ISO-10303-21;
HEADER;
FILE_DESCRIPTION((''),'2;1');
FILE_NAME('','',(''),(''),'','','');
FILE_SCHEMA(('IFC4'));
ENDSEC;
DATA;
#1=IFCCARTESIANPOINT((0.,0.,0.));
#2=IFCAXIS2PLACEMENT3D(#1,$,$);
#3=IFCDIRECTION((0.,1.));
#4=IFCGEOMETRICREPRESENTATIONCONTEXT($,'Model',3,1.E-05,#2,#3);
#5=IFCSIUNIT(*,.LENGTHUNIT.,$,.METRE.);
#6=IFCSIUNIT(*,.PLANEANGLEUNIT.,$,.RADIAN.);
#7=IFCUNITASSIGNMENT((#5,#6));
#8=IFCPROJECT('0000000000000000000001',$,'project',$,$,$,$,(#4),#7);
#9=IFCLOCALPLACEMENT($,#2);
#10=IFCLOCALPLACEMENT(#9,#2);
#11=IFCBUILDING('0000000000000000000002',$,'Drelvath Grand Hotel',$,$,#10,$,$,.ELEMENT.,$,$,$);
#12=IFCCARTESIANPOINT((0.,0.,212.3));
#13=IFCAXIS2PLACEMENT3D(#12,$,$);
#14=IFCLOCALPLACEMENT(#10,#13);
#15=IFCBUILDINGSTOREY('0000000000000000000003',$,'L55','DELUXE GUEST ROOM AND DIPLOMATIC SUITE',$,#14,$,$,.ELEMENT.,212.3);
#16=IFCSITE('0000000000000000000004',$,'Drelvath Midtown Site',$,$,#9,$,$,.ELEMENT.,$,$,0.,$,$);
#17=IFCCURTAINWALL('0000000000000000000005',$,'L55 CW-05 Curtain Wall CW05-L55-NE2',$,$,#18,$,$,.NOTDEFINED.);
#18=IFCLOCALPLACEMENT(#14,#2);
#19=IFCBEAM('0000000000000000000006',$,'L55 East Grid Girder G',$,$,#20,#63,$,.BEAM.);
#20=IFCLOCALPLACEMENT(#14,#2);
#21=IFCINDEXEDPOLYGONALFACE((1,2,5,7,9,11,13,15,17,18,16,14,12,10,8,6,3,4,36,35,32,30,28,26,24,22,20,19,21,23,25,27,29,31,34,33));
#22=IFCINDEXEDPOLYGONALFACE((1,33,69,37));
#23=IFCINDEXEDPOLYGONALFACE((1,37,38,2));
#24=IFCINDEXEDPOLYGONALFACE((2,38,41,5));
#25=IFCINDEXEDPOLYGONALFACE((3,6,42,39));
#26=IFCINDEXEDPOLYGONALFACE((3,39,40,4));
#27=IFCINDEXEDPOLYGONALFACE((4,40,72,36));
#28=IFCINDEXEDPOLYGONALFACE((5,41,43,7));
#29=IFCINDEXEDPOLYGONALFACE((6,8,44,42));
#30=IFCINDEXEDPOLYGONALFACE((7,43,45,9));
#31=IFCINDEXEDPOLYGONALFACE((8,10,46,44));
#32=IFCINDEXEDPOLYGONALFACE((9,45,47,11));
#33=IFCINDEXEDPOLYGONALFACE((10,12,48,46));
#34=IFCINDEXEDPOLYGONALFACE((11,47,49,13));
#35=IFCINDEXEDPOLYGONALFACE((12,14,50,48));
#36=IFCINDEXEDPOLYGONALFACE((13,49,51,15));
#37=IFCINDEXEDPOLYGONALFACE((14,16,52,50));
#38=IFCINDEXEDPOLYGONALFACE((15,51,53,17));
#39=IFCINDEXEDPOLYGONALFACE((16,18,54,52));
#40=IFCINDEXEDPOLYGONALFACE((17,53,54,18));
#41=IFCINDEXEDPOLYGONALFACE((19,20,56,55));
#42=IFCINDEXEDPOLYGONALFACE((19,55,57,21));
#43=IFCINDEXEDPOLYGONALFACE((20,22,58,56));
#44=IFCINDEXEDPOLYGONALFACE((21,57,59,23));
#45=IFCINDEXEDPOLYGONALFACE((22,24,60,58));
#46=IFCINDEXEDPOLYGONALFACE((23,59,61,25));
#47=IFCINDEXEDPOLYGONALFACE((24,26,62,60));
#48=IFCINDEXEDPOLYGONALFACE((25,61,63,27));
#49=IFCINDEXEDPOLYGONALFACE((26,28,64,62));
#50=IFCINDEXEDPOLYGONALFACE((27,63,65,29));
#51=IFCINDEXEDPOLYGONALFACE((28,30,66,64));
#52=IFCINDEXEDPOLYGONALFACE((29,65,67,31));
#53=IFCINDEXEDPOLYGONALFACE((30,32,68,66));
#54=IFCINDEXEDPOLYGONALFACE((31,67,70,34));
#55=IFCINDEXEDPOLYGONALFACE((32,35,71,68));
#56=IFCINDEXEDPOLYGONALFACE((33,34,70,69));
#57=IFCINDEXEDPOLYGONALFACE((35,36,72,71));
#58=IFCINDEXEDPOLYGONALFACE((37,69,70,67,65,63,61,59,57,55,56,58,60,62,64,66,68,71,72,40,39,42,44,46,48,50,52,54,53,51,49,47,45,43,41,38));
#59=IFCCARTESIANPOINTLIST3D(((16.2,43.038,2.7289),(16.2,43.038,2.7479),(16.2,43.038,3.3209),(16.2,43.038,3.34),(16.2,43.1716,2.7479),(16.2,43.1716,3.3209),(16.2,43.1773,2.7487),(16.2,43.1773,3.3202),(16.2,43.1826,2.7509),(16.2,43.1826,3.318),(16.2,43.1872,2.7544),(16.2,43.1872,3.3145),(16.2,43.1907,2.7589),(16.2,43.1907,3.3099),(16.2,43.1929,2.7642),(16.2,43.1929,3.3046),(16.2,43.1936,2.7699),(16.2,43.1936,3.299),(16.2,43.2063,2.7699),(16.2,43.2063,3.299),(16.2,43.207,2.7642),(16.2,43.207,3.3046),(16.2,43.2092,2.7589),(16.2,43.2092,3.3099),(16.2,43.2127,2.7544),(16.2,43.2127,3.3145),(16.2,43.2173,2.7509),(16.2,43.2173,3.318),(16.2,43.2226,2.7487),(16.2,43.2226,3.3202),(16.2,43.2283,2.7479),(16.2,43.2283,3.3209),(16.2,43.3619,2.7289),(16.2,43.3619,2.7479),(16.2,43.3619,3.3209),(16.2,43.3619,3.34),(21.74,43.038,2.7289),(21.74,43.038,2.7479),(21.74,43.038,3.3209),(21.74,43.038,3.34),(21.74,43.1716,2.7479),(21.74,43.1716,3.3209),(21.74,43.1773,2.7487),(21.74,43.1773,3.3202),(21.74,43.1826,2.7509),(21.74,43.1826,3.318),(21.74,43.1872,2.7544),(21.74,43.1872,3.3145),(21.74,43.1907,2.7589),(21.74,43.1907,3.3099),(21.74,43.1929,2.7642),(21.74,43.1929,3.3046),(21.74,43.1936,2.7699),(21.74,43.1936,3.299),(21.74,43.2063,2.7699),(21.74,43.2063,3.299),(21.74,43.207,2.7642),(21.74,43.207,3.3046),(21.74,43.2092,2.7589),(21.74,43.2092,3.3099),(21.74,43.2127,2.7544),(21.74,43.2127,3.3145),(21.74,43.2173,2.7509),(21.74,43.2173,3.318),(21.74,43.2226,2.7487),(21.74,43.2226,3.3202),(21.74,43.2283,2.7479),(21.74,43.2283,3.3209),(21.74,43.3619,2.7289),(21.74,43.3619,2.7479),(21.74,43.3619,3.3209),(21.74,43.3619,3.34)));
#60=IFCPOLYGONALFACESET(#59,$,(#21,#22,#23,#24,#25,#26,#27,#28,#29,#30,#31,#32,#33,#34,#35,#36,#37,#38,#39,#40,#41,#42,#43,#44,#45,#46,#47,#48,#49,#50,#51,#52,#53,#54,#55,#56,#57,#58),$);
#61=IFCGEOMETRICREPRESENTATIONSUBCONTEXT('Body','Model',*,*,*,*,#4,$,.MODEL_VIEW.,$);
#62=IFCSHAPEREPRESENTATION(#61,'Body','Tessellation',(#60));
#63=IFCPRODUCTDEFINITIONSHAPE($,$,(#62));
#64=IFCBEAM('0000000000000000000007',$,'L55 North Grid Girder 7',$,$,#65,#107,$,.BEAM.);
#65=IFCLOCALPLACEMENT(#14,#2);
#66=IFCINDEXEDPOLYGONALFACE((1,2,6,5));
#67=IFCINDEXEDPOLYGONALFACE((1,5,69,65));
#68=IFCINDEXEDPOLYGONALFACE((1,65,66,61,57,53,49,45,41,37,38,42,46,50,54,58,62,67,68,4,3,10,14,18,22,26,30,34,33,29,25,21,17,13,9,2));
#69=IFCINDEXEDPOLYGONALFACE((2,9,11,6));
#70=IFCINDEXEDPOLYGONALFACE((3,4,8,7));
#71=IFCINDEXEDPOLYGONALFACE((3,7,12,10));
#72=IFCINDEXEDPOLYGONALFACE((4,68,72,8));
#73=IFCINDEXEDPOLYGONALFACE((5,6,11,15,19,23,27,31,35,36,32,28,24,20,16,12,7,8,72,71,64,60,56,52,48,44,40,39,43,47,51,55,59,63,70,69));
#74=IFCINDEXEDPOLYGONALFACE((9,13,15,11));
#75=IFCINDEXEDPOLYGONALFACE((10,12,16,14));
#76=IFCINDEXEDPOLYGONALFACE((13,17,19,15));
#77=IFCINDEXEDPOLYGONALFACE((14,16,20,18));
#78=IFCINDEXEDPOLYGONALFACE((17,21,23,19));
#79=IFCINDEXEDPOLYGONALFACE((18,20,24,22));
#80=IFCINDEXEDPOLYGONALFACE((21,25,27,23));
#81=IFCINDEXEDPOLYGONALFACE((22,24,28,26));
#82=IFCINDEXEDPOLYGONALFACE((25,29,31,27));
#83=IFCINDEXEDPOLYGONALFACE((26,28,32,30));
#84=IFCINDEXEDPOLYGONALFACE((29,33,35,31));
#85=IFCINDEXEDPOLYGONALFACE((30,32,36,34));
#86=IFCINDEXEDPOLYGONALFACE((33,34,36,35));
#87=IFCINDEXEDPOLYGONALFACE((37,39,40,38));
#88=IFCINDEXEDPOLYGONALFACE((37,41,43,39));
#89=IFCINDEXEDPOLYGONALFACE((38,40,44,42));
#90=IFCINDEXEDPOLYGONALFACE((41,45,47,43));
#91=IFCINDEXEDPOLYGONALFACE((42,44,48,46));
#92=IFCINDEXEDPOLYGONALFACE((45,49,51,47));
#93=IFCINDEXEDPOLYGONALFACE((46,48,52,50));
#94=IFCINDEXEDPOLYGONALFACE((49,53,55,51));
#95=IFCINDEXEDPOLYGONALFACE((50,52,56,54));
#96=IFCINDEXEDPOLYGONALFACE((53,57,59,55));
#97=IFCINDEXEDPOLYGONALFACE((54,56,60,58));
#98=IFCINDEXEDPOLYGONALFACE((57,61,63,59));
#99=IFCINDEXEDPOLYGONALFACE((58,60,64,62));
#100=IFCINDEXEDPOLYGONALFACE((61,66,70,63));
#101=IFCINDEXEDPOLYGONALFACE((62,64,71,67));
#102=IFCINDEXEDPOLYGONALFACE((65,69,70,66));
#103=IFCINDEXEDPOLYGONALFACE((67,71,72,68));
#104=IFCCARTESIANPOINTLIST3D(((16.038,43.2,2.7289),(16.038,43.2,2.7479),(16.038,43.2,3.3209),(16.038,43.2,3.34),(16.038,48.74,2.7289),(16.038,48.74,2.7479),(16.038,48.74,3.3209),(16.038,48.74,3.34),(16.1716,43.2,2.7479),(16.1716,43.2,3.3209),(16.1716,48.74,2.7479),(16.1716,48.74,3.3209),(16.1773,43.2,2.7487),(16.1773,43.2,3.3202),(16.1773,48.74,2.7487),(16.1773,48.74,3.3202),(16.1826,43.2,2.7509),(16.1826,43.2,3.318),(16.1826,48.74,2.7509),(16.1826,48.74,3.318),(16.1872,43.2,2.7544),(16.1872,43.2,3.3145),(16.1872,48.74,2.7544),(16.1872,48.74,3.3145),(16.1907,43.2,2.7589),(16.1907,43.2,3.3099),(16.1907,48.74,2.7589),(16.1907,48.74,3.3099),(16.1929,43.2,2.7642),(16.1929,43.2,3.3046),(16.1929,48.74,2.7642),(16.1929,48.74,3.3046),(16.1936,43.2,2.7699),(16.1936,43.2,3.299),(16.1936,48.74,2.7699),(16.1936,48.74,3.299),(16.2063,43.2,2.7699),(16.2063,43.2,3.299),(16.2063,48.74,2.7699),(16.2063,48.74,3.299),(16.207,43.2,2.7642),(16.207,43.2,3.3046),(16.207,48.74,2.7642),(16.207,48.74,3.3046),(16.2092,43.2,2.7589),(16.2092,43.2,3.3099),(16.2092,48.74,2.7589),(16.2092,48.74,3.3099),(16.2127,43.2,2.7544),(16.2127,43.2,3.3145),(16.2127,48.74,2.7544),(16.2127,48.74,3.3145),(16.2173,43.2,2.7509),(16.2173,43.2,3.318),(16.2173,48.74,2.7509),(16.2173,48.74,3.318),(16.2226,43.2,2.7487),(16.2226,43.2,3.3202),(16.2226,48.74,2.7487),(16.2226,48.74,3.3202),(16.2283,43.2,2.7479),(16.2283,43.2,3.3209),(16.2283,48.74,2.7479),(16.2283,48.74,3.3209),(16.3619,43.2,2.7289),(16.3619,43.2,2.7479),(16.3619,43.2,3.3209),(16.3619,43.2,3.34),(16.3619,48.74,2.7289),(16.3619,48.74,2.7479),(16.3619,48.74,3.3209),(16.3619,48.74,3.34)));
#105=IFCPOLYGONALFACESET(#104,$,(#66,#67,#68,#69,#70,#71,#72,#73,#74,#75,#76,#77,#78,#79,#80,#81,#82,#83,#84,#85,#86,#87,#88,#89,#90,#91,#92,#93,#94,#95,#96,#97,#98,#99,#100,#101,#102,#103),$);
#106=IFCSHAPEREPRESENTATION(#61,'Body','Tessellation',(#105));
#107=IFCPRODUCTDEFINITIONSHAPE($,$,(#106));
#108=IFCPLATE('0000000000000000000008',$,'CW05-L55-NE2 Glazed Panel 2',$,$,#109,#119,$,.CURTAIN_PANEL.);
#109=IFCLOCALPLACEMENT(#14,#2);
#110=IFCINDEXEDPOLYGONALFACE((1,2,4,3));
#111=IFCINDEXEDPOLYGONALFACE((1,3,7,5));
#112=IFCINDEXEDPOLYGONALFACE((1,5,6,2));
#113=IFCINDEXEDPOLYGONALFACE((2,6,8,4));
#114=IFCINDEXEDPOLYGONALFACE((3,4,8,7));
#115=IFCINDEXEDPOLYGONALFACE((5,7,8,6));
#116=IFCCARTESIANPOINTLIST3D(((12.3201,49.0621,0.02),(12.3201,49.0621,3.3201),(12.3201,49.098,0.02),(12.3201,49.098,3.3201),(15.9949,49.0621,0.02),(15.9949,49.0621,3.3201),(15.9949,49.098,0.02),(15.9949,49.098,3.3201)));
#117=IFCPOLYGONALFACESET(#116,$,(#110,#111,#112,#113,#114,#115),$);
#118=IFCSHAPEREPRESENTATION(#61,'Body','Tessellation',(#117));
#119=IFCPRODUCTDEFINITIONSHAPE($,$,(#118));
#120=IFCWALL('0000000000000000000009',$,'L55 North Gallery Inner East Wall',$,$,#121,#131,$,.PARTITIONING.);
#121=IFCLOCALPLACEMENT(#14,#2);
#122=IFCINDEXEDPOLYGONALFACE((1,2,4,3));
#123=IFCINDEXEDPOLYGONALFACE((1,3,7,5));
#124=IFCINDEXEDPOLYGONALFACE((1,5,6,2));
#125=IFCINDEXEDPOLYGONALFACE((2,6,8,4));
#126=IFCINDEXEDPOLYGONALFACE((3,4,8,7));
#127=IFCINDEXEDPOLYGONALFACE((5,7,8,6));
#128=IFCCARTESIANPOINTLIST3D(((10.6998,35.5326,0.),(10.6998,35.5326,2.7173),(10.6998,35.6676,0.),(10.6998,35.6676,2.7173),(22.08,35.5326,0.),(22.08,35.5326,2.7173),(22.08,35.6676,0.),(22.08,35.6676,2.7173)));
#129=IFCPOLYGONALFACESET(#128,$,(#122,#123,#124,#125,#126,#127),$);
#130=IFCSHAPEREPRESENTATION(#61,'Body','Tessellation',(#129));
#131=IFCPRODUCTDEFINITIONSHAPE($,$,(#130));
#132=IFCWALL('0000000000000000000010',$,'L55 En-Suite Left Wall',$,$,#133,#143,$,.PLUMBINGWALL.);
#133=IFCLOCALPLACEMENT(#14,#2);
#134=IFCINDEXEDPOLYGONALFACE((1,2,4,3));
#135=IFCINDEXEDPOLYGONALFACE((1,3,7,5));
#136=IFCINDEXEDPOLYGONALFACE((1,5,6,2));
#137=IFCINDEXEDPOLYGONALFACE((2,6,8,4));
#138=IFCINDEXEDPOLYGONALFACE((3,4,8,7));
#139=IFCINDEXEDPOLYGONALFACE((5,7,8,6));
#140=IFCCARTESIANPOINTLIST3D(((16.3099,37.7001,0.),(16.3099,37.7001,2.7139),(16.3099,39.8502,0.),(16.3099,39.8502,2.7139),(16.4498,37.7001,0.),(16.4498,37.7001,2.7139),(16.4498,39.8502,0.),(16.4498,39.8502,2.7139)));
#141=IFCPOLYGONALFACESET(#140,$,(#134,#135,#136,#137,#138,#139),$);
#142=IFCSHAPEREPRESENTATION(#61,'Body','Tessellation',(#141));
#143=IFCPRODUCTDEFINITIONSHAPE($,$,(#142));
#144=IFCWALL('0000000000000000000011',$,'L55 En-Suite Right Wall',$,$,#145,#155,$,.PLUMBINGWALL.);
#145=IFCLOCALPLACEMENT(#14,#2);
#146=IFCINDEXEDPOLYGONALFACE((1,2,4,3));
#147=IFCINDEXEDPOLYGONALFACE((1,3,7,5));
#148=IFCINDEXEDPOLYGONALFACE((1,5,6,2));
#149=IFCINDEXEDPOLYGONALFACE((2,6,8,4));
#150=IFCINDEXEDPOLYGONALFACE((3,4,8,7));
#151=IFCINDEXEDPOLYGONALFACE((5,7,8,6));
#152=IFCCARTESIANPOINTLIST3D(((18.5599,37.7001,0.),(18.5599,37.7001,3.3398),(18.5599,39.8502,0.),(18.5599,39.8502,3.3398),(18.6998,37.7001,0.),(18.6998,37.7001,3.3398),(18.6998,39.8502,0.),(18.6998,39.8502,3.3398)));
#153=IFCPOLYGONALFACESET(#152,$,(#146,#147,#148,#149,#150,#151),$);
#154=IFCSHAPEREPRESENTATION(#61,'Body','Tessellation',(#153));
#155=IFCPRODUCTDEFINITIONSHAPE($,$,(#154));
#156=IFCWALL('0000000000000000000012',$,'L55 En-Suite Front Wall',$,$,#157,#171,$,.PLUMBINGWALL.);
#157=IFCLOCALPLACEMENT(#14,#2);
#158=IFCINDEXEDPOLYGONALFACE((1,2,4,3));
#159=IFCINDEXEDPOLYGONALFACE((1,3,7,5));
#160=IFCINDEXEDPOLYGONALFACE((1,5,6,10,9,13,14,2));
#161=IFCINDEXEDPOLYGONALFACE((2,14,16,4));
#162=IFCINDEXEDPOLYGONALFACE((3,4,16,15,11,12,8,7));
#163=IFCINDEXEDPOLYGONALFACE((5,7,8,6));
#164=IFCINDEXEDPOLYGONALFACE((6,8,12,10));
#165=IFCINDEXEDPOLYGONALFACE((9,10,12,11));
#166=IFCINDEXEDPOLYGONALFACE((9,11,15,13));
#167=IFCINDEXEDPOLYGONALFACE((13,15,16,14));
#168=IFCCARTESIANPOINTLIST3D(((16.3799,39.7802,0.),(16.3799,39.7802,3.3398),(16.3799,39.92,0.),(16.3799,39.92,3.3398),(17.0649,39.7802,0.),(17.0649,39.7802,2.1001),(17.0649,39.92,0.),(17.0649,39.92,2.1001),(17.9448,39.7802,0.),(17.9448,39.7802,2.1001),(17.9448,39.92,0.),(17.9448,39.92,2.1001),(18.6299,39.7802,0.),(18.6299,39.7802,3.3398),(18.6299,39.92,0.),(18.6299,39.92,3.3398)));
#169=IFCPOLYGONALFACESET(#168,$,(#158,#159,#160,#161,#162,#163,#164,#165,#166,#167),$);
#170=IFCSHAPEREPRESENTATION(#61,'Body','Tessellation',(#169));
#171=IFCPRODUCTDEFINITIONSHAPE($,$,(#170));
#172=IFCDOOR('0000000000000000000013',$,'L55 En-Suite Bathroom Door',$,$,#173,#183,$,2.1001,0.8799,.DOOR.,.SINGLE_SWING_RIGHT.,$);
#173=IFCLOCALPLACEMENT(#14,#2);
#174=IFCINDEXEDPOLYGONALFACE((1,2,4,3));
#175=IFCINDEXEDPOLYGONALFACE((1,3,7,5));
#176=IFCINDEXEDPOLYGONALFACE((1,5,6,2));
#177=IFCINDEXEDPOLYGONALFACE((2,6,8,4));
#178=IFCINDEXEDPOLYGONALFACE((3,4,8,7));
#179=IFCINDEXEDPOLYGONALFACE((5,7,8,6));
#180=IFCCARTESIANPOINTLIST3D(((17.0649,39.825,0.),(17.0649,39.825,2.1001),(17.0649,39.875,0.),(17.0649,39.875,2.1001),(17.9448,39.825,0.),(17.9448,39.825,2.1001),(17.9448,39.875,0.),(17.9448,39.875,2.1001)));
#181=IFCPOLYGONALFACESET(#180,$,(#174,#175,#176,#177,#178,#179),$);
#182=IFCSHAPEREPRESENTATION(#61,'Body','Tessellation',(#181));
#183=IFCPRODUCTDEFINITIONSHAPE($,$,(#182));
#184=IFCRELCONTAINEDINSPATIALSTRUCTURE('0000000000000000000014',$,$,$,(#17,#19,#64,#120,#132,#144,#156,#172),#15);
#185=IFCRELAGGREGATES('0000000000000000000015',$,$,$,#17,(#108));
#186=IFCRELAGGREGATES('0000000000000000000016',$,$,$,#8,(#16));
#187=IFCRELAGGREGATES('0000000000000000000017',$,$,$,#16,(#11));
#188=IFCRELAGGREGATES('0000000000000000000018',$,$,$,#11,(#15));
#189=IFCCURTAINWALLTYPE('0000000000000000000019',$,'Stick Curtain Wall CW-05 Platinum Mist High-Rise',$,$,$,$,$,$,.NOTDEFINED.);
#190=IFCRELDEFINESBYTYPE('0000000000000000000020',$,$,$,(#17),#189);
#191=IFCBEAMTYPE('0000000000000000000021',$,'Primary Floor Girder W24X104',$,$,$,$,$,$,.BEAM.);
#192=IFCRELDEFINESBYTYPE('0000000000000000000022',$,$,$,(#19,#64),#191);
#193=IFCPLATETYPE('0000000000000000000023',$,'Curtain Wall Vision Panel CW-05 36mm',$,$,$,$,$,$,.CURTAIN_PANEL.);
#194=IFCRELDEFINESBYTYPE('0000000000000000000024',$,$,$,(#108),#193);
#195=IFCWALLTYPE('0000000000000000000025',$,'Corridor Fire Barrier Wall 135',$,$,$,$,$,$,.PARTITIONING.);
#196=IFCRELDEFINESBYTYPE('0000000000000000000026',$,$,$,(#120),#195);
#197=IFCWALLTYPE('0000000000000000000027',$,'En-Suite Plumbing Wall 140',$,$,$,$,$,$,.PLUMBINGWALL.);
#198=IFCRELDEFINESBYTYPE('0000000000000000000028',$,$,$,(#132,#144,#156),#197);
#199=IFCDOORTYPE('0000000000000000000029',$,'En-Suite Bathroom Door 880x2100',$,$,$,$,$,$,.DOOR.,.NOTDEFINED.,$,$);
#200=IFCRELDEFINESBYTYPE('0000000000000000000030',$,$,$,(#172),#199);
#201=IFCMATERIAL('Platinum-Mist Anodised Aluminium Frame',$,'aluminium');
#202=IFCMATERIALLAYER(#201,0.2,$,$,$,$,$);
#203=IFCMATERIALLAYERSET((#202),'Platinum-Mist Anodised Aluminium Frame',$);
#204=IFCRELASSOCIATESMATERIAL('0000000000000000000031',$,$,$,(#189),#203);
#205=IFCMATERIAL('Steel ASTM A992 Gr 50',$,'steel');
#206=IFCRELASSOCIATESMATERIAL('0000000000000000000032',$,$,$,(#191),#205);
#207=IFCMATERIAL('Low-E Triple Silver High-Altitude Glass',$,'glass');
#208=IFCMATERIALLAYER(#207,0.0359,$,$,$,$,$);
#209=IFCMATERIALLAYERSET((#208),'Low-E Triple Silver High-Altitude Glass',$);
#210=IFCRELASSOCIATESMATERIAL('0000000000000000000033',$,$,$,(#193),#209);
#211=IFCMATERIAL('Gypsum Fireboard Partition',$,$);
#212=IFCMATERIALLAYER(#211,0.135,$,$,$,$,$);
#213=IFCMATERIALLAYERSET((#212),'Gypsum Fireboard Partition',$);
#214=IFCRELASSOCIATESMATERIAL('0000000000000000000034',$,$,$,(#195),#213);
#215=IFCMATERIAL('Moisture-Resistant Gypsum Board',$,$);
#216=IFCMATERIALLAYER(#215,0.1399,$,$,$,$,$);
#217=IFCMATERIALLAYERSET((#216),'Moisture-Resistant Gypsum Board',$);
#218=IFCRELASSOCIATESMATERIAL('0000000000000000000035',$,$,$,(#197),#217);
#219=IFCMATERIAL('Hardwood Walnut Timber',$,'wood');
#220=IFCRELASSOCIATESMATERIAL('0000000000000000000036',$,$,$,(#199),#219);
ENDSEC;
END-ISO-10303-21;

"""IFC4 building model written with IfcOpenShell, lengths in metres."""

from ifc_helpers import new_model, si_unit, direction, frame, frame_2d, origin, origin_2d, place, context, subcontext, project, spatial, rectangle, i_section, extrude, material, layer, layer_set, material_profile, profile_set, type_object, element, fill, aggregate, save


model = new_model("IFC4")

# Units and contexts
model_context = context("Model", 3, precision=1e-05, world=origin(), true_north=direction((0.0, 1.0)))
body_context = subcontext(model_context, "Body", "Model", "MODEL_VIEW")
ifc_project = project(units=[si_unit("LENGTHUNIT", "METRE"), si_unit("PLANEANGLEUNIT", "RADIAN")], contexts=[model_context])

# Site, building, storey
site_placement = place(None, origin())
site = spatial("IfcSite", under=ifc_project, at=site_placement, Name="Drelvath Midtown Site", CompositionType="ELEMENT", RefElevation=0.0)
building_placement = place(site_placement, origin())
building = spatial("IfcBuilding", under=site, at=building_placement, Name="Drelvath Grand Hotel", CompositionType="ELEMENT")
storey_placement = place(building_placement, frame((0.0, 0.0, 212.3)))
storey = spatial("IfcBuildingStorey", under=building, at=storey_placement, Name="L55", Description="DELUXE GUEST ROOM AND DIPLOMATIC SUITE", CompositionType="ELEMENT", Elevation=212.3)

# Curtain wall
ifc_material_1 = material(Name="Platinum-Mist Anodised Aluminium Frame", Category="aluminium")
ifc_layer_1 = layer(ifc_material_1, 0.2)
ifc_layer_set_1 = layer_set([ifc_layer_1], Name="Platinum-Mist Anodised Aluminium Frame")
curtain_wall_type = type_object("IfcCurtainWallType", Name="Stick Curtain Wall CW-05 Platinum Mist High-Rise", PredefinedType="NOTDEFINED", material=ifc_layer_set_1)
curtain_wall_placement = place(storey_placement, origin())
curtain_wall = element("IfcCurtainWall", 1, at=curtain_wall_placement, inside=storey, type_object=curtain_wall_type, Name="L55 CW-05 Curtain Wall CW05-L55-NE2", PredefinedType="NOTDEFINED")

# Beams
ifc_material_2 = material(Name="Steel ASTM A992 Gr 50", Category="steel")
ifc_material_profile_1 = material_profile(ifc_material_2, i_section(OverallWidth=0.324, OverallDepth=0.6111, WebThickness=0.0127, FlangeThickness=0.019, FilletRadius=0.022, at=origin_2d()), Name="W24X104")
ifc_profile_set_1 = profile_set([ifc_material_profile_1], Name="Steel ASTM A992 Gr 50")
beam_type_1 = type_object("IfcBeamType", Name="Primary Floor Girder W24X104", PredefinedType="BEAM", material=ifc_profile_set_1)
for number, where, z_axis, x_axis, name in (
    (2, (16.2, 43.2, 3.0344), (1.0, 0.0, 0.0), (0.0, 1.0, 0.0), "L55 East Grid Girder G"),
    (3, (16.2, 43.2, 3.0344), (0.0, 1.0, 0.0), (-1.0, 0.0, 0.0), "L55 North Grid Girder 7"),
):
    element("IfcBeam", number, at=place(storey_placement, frame(where, z_axis=z_axis, x_axis=x_axis)), inside=storey, type_object=beam_type_1, Name=name, PredefinedType="BEAM", context=body_context, shape_type="SweptSolid", body=[
        extrude(i_section(OverallWidth=0.324, OverallDepth=0.6111, WebThickness=0.0127, FlangeThickness=0.019, FilletRadius=0.022, at=origin_2d()), origin(), (0.0, 0.0, 1.0), 5.54),
    ])

# Plate
ifc_material_3 = material(Name="Low-E Triple Silver High-Altitude Glass", Category="glass")
ifc_layer_2 = layer(ifc_material_3, 0.0359)
ifc_layer_set_2 = layer_set([ifc_layer_2], Name="Low-E Triple Silver High-Altitude Glass")
plate_type = type_object("IfcPlateType", Name="Curtain Wall Vision Panel CW-05 36mm", PredefinedType="CURTAIN_PANEL", material=ifc_layer_set_2)
plate_placement = place(storey_placement, frame((14.1575, 49.0801, 0.02), z_axis=(0.0, 0.0, 1.0), x_axis=(1.0, 0.0, 0.0)))
plate = element("IfcPlate", 4, at=plate_placement, type_object=plate_type, Name="CW05-L55-NE2 Glazed Panel 2", PredefinedType="CURTAIN_PANEL", context=body_context, shape_type="SweptSolid", body=[
    extrude(rectangle(XDim=3.6748, YDim=0.0359, at=origin_2d()), origin(), (0.0, 0.0, 1.0), 3.3),
])
aggregate(curtain_wall, [plate])

# Walls
ifc_material_4 = material(Name="Gypsum Fireboard Partition")
ifc_layer_3 = layer(ifc_material_4, 0.135)
ifc_layer_set_3 = layer_set([ifc_layer_3], Name="Gypsum Fireboard Partition")
wall_type_1 = type_object("IfcWallType", Name="Corridor Fire Barrier Wall 135", PredefinedType="PARTITIONING", material=ifc_layer_set_3)
wall_1_placement = place(storey_placement, frame((10.7, 35.6001, 0.0), z_axis=(0.0, 0.0, 1.0), x_axis=(1.0, 0.0, 0.0)))
element("IfcWall", 5, at=wall_1_placement, inside=storey, type_object=wall_type_1, Name="L55 North Gallery Inner East Wall", PredefinedType="PARTITIONING", context=body_context, shape_type="SweptSolid", body=[
    extrude(rectangle(XDim=11.3801, YDim=0.135, at=frame_2d((5.6899, 0.0))), origin(), (0.0, 0.0, 1.0), 2.7173),
])
ifc_material_5 = material(Name="Moisture-Resistant Gypsum Board")
ifc_layer_4 = layer(ifc_material_5, 0.1399)
ifc_layer_set_4 = layer_set([ifc_layer_4], Name="Moisture-Resistant Gypsum Board")
wall_type_2 = type_object("IfcWallType", Name="En-Suite Plumbing Wall 140", PredefinedType="PLUMBINGWALL", material=ifc_layer_set_4)
wall_2_placement = place(storey_placement, frame((16.3799, 37.7, 0.0), z_axis=(0.0, 0.0, 1.0), x_axis=(0.0, 1.0, 0.0)))
element("IfcWall", 6, at=wall_2_placement, inside=storey, type_object=wall_type_2, Name="L55 En-Suite Left Wall", PredefinedType="PLUMBINGWALL", context=body_context, shape_type="SweptSolid", body=[
    extrude(rectangle(XDim=2.1501, YDim=0.1399, at=frame_2d((1.0752, 0.0))), origin(), (0.0, 0.0, 1.0), 2.7139),
])
wall_3_placement = place(storey_placement, frame((18.6299, 37.7, 0.0), z_axis=(0.0, 0.0, 1.0), x_axis=(0.0, 1.0, 0.0)))
element("IfcWall", 7, at=wall_3_placement, inside=storey, type_object=wall_type_2, Name="L55 En-Suite Right Wall", PredefinedType="PLUMBINGWALL", context=body_context, shape_type="SweptSolid", body=[
    extrude(rectangle(XDim=2.1501, YDim=0.1399, at=frame_2d((1.0752, 0.0))), origin(), (0.0, 0.0, 1.0), 3.3398),
])

# Wall, opening, door
wall_4_placement = place(storey_placement, frame((16.3799, 39.8501, 0.0), z_axis=(0.0, 0.0, 1.0), x_axis=(1.0, 0.0, 0.0)))
wall_4 = element("IfcWall", 8, at=wall_4_placement, inside=storey, type_object=wall_type_2, Name="L55 En-Suite Front Wall", PredefinedType="PLUMBINGWALL", context=body_context, shape_type="SweptSolid", body=[
    extrude(rectangle(XDim=2.25, YDim=0.1399, at=frame_2d((1.125, 0.0))), origin(), (0.0, 0.0, 1.0), 3.3398),
])
opening_1_placement = place(wall_4_placement, frame((0.6851, 0.0, 0.0)))
opening_1 = element("IfcOpeningElement", 9, at=opening_1_placement, cuts=wall_4, PredefinedType="OPENING", context=body_context, shape_type="SweptSolid", body=[
    extrude(rectangle(XDim=0.8799, YDim=2.1001, at=frame_2d((0.4399, 1.05))), frame((0.0, 0.0798, 0.0), z_axis=(0.0, -1.0, 0.0), x_axis=(1.0, 0.0, 0.0)), (0.0, 0.0, 1.0), 0.1599),
])
ifc_material_6 = material(Name="Hardwood Walnut Timber", Category="wood")
door_type_1 = type_object("IfcDoorType", Name="En-Suite Bathroom Door 880x2100", OperationType="NOTDEFINED", PredefinedType="DOOR", material=ifc_material_6)
door_1_placement = place(opening_1_placement, origin())
door_1 = element("IfcDoor", 10, at=door_1_placement, inside=storey, type_object=door_type_1, Name="L55 En-Suite Bathroom Door", OperationType="SINGLE_SWING_RIGHT", OverallHeight=2.1001, OverallWidth=0.8799, PredefinedType="DOOR", context=body_context, shape_type="SweptSolid", body=[
    extrude(rectangle(XDim=0.8799, YDim=2.1001, at=frame_2d((0.4399, 1.05))), frame((0.0, 0.0249, 0.0), z_axis=(0.0, -1.0, 0.0), x_axis=(1.0, 0.0, 0.0)), (0.0, 0.0, 1.0), 0.05),
])
fill(opening_1, door_1)

save(model, "model.ifc")
